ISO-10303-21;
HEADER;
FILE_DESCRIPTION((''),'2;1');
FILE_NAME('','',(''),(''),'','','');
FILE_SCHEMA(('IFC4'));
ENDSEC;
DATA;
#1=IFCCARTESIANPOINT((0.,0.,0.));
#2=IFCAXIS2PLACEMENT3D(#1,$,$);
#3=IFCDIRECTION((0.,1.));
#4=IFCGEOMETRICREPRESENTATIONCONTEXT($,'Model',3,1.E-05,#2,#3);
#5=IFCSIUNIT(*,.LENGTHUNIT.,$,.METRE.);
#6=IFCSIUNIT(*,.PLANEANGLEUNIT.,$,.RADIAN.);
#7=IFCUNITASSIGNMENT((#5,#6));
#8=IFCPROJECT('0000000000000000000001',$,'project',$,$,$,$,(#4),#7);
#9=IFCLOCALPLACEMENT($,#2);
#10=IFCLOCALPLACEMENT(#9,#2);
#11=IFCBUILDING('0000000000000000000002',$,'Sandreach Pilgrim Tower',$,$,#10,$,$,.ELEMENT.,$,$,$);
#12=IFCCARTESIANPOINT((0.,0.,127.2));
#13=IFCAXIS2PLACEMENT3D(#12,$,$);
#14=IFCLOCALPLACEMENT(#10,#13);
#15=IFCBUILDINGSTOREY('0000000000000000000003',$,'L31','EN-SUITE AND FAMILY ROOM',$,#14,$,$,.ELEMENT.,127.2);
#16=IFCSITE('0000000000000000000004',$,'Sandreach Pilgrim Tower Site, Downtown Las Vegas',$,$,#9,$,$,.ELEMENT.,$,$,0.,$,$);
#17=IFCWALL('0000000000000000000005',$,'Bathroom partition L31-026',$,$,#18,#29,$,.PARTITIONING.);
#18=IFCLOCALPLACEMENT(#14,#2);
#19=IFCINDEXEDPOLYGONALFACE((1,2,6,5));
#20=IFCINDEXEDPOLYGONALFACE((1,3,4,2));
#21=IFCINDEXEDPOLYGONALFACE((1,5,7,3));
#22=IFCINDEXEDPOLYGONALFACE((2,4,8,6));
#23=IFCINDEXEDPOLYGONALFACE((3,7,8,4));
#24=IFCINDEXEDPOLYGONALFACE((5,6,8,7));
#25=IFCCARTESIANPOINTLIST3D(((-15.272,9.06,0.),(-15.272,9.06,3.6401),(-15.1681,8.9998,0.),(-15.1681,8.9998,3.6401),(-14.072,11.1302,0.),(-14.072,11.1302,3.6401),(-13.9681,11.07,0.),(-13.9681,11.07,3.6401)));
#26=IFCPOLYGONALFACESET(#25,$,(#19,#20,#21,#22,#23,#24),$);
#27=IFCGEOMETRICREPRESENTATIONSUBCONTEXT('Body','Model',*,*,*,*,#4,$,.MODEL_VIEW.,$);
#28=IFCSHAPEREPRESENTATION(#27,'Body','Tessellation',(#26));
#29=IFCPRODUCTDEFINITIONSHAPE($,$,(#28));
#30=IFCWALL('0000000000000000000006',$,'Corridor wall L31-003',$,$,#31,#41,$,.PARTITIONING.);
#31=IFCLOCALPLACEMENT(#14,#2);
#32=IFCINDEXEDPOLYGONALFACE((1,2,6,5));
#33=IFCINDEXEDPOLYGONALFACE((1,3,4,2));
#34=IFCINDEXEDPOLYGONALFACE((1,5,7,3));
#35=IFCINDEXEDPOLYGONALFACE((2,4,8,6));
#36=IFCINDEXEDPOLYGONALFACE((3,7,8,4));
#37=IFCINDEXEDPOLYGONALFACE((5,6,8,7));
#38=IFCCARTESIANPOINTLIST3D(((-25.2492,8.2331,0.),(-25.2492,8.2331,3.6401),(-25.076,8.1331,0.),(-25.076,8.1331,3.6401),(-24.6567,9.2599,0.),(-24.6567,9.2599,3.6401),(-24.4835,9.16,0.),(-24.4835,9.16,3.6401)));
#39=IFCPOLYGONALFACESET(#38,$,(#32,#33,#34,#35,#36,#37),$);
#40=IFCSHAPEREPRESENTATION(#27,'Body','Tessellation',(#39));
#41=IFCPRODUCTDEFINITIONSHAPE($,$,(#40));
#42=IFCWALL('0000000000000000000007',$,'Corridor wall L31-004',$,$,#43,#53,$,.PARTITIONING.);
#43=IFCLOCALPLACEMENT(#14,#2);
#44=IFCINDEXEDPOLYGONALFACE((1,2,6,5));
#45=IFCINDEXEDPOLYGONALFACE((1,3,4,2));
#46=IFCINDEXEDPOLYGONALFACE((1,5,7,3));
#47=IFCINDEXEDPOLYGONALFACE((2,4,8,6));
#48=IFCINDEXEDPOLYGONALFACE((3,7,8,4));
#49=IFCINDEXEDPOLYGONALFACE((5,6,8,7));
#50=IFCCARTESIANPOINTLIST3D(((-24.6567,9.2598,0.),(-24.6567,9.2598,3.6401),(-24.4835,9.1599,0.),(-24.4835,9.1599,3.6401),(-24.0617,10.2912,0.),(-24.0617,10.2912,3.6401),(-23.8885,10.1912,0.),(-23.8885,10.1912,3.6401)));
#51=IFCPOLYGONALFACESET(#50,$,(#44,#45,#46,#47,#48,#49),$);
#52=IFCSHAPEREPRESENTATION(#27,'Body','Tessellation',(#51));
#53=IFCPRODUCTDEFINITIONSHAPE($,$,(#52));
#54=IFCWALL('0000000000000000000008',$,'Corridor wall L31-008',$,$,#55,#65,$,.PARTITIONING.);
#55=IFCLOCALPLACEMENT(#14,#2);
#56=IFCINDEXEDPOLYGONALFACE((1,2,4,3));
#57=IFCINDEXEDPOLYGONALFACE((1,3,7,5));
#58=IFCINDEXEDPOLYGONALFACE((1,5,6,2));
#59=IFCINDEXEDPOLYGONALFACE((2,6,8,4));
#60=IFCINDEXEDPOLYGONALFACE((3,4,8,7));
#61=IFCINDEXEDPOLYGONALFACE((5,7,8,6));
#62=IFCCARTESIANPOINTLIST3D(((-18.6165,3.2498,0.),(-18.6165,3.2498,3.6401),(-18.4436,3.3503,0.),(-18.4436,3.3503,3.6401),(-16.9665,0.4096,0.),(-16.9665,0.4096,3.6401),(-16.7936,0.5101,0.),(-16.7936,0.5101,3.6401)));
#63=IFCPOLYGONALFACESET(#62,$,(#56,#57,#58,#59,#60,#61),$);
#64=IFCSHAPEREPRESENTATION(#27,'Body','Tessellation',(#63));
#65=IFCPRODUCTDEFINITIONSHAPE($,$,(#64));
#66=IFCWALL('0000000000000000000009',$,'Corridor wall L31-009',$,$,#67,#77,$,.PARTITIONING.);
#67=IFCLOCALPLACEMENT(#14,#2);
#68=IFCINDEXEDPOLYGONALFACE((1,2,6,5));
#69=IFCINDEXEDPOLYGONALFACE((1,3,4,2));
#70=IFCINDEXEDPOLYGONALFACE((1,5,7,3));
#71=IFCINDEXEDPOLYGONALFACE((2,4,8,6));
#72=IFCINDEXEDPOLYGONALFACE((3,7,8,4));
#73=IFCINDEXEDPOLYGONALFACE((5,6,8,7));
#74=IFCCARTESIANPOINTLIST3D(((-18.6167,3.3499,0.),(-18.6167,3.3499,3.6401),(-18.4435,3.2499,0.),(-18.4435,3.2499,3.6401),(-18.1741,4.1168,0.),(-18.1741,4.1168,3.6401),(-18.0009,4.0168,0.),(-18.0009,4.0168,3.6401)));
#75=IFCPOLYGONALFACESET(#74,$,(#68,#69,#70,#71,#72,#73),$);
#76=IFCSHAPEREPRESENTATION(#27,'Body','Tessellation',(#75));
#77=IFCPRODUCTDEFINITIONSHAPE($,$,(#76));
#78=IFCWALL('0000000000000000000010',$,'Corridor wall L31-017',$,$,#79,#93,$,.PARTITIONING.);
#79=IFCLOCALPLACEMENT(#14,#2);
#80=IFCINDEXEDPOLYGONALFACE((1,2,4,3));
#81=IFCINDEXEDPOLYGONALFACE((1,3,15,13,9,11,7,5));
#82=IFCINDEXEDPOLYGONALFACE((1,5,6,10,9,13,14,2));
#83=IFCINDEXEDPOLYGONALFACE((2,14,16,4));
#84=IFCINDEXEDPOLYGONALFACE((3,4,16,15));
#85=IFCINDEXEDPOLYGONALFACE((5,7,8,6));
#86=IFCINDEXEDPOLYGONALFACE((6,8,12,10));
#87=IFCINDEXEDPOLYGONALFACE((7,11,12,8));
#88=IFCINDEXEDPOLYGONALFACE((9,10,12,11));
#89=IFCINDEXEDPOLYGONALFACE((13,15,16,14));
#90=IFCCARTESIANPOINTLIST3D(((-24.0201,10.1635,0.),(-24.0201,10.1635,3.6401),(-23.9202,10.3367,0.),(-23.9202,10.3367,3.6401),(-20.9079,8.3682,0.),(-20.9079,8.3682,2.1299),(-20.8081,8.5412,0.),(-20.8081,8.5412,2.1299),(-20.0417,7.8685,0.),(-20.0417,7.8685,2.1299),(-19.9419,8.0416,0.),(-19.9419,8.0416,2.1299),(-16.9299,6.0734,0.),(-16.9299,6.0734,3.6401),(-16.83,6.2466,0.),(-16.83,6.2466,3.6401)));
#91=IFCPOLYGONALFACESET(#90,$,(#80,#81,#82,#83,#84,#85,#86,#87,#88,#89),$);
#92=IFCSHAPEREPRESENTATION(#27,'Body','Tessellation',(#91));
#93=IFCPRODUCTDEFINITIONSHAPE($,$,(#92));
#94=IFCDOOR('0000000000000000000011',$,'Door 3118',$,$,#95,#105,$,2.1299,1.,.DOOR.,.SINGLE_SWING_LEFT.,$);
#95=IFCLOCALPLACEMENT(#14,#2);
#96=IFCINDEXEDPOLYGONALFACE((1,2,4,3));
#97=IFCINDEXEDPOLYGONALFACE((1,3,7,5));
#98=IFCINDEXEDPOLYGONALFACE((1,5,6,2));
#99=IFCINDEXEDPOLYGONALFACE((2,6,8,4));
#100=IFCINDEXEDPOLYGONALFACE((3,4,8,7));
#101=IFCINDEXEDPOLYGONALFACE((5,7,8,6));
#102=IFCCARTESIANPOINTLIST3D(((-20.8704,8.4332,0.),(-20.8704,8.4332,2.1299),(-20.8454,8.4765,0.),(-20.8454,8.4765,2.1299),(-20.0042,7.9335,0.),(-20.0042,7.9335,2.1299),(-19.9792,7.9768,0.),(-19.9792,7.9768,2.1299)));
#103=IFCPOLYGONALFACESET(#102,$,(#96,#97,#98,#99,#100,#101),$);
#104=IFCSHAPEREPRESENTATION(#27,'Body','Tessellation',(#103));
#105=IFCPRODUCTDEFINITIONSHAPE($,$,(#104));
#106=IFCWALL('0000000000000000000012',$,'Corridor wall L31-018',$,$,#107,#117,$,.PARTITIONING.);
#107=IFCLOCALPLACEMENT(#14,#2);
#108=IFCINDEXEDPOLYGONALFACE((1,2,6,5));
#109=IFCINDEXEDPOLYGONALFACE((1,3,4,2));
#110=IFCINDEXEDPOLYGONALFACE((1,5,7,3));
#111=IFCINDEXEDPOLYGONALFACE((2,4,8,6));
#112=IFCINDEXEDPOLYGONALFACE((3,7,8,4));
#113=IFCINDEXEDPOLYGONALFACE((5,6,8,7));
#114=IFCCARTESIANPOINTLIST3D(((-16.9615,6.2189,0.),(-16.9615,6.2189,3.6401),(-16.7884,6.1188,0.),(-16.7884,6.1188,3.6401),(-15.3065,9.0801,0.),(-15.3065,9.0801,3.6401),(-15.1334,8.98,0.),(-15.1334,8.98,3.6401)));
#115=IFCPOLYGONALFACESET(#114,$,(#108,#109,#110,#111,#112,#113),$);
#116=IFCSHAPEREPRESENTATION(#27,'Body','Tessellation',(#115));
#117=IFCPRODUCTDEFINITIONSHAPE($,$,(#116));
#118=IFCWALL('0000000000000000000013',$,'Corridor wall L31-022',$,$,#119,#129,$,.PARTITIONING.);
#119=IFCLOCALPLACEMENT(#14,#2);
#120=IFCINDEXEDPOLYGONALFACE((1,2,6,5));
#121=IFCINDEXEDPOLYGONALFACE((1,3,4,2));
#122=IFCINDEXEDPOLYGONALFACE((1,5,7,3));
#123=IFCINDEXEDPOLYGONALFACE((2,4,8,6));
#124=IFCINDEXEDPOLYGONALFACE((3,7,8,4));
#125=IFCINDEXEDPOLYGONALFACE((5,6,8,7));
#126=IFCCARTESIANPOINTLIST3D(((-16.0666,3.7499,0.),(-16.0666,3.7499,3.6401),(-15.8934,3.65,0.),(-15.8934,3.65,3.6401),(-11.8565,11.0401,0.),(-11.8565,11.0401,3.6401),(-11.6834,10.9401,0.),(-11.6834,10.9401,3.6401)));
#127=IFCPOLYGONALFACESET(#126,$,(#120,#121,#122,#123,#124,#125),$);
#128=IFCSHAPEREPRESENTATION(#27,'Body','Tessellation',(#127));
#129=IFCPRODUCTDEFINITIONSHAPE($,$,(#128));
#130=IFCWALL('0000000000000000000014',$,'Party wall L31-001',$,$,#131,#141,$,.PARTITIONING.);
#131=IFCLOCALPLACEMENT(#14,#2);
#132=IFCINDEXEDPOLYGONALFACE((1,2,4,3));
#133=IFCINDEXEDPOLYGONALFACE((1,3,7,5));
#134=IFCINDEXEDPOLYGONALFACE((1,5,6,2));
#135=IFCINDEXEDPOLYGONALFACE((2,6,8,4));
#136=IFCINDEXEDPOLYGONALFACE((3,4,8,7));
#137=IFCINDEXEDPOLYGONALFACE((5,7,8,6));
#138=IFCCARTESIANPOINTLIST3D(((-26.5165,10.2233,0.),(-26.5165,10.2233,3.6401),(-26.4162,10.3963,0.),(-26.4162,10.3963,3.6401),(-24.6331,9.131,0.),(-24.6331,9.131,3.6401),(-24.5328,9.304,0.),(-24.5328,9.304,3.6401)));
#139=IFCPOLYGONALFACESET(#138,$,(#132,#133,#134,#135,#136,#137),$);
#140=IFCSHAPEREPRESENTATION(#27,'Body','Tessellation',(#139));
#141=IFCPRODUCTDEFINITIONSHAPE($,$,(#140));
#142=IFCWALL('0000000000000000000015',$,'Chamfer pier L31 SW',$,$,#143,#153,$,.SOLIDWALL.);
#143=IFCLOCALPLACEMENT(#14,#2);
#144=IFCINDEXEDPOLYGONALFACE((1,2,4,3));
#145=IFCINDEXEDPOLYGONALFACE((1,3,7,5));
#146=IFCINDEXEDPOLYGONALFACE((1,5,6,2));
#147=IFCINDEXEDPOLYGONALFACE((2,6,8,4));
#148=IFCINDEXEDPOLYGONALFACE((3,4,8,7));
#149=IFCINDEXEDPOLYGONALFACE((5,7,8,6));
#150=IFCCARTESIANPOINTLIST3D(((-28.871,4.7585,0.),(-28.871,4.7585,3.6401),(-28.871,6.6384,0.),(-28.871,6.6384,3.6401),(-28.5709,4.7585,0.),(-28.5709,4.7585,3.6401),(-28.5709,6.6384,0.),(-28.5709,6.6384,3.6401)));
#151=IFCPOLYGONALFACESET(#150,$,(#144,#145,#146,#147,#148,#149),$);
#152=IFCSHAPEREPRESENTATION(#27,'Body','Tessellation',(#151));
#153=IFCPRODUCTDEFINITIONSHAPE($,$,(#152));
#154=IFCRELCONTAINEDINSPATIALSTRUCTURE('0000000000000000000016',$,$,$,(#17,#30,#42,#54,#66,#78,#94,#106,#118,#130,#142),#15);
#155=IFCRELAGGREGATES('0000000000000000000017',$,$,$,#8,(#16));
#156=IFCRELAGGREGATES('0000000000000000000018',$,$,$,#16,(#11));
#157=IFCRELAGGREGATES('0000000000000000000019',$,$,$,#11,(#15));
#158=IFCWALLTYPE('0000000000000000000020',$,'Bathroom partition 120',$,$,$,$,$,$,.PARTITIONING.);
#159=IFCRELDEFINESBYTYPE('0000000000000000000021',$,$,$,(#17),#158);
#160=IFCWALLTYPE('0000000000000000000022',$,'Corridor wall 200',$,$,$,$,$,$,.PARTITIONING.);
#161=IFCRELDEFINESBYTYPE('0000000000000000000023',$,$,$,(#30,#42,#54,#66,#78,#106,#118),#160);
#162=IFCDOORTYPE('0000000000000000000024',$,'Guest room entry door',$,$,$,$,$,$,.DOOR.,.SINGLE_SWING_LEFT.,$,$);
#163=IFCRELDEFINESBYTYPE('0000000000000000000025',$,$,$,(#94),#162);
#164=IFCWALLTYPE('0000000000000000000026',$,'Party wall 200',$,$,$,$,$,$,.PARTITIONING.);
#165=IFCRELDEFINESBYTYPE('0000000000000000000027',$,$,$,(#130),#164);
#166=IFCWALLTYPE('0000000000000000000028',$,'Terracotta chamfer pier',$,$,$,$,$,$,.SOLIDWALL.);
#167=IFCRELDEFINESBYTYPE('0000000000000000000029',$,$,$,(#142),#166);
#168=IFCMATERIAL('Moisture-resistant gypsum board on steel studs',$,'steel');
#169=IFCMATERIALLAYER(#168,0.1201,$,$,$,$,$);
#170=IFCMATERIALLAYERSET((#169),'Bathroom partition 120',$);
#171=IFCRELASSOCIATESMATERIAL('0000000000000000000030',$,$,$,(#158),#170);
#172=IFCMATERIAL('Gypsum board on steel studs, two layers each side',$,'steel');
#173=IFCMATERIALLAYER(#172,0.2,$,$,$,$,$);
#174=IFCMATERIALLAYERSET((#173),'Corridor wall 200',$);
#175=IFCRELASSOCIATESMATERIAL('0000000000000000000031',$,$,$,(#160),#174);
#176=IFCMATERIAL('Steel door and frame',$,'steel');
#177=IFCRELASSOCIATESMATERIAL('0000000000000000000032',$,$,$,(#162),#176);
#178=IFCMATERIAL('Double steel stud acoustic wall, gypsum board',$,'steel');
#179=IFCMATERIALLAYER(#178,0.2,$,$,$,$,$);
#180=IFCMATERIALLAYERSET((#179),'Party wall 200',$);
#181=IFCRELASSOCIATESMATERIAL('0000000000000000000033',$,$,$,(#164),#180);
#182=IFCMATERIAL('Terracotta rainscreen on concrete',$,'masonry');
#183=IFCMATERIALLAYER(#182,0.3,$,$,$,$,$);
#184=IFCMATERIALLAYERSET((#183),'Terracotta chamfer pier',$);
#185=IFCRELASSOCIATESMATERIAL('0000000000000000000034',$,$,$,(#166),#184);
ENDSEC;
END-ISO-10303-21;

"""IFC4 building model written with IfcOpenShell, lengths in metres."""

from ifc_helpers import new_model, si_unit, direction, frame, frame_2d, origin, place, context, subcontext, project, spatial, rectangle, extrude, material, layer, layer_set, type_object, element, fill, save


model = new_model("IFC4")

# Units and contexts
model_context = context("Model", 3, precision=1e-05, world=origin(), true_north=direction((0.0, 1.0)))
body_context = subcontext(model_context, "Body", "Model", "MODEL_VIEW")
ifc_project = project(units=[si_unit("LENGTHUNIT", "METRE"), si_unit("PLANEANGLEUNIT", "RADIAN")], contexts=[model_context])

# Site, building, storey
site_placement = place(None, origin())
site = spatial("IfcSite", under=ifc_project, at=site_placement, Name="Sandreach Pilgrim Tower Site, Downtown Las Vegas", CompositionType="ELEMENT", RefElevation=0.0)
building_placement = place(site_placement, origin())
building = spatial("IfcBuilding", under=site, at=building_placement, Name="Sandreach Pilgrim Tower", CompositionType="ELEMENT")
storey_placement = place(building_placement, frame((0.0, 0.0, 127.2)))
storey = spatial("IfcBuildingStorey", under=building, at=storey_placement, Name="L31", Description="EN-SUITE AND FAMILY ROOM", CompositionType="ELEMENT", Elevation=127.2)

# Shared definitions
ifc_material_1 = material(Name="Moisture-resistant gypsum board on steel studs", Category="steel")
ifc_layer_1 = layer(ifc_material_1, 0.1201)
ifc_layer_set_1 = layer_set([ifc_layer_1], Name="Bathroom partition 120")
wall_type_1 = type_object("IfcWallType", Name="Bathroom partition 120", PredefinedType="PARTITIONING", material=ifc_layer_set_1)

# Wall
wall_1_placement = place(storey_placement, frame((-15.22, 9.03, 0.0), z_axis=(0.0, 0.0, 1.0), x_axis=(0.501503, 0.865156, 0.0)))
element("IfcWall", 1, at=wall_1_placement, inside=storey, type_object=wall_type_1, Name="Bathroom partition L31-026", PredefinedType="PARTITIONING", context=body_context, shape_type="SweptSolid", body=[
    extrude(rectangle(XDim=2.3928, YDim=0.1201, at=frame_2d((1.1963, 0.0))), origin(), (0.0, 0.0, 1.0), 3.6401),
])

# Shared definitions
ifc_material_2 = material(Name="Gypsum board on steel studs, two layers each side", Category="steel")
ifc_layer_2 = layer(ifc_material_2, 0.2)
ifc_layer_set_2 = layer_set([ifc_layer_2], Name="Corridor wall 200")
wall_type_2 = type_object("IfcWallType", Name="Corridor wall 200", PredefinedType="PARTITIONING", material=ifc_layer_set_2)
ifc_material_3 = material(Name="Steel door and frame", Category="steel")
door_type_1 = type_object("IfcDoorType", Name="Guest room entry door", OperationType="SINGLE_SWING_LEFT", PredefinedType="DOOR", material=ifc_material_3)

# Walls
wall_2_placement = place(storey_placement, frame((-25.1626, 8.1831, 0.0), z_axis=(0.0, 0.0, 1.0), x_axis=(0.499794, 0.866144, 0.0)))
element("IfcWall", 2, at=wall_2_placement, inside=storey, type_object=wall_type_2, Name="Corridor wall L31-003", PredefinedType="PARTITIONING", context=body_context, shape_type="SweptSolid", body=[
    extrude(rectangle(XDim=1.1855, YDim=0.2, at=frame_2d((0.5928, 0.0))), origin(), (0.0, 0.0, 1.0), 3.6401),
])
wall_3_placement = place(storey_placement, frame((-24.5701, 9.21, 0.0), z_axis=(0.0, 0.0, 1.0), x_axis=(0.499734, 0.866179, 0.0)))
element("IfcWall", 3, at=wall_3_placement, inside=storey, type_object=wall_type_2, Name="Corridor wall L31-004", PredefinedType="PARTITIONING", context=body_context, shape_type="SweptSolid", body=[
    extrude(rectangle(XDim=1.1907, YDim=0.2, at=frame_2d((0.5952, 0.0))), origin(), (0.0, 0.0, 1.0), 3.6401),
])
wall_4_placement = place(storey_placement, frame((-18.53, 3.3, 0.0), z_axis=(0.0, 0.0, 1.0), x_axis=(0.502322, -0.864681, 0.0)))
element("IfcWall", 4, at=wall_4_placement, inside=storey, type_object=wall_type_2, Name="Corridor wall L31-008", PredefinedType="PARTITIONING", context=body_context, shape_type="SweptSolid", body=[
    extrude(rectangle(XDim=3.2847, YDim=0.2, at=frame_2d((1.6423, 0.0))), origin(), (0.0, 0.0, 1.0), 3.6401),
])
wall_5_placement = place(storey_placement, frame((-18.0874, 4.0669, 0.0), z_axis=(0.0, 0.0, 1.0), x_axis=(-0.499905, -0.86608, 0.0)))
element("IfcWall", 5, at=wall_5_placement, inside=storey, type_object=wall_type_2, Name="Corridor wall L31-009", PredefinedType="PARTITIONING", context=body_context, shape_type="SweptSolid", body=[
    extrude(rectangle(XDim=0.8855, YDim=0.2, at=frame_2d((0.4429, 0.0))), origin(), (0.0, 0.0, 1.0), 3.6401),
])

# Wall, opening, door
wall_6_placement = place(storey_placement, frame((-16.8799, 6.1599, 0.0), z_axis=(0.0, 0.0, 1.0), x_axis=(-0.866204, 0.499691, 0.0)))
wall_6 = element("IfcWall", 6, at=wall_6_placement, inside=storey, type_object=wall_type_2, Name="Corridor wall L31-017", PredefinedType="PARTITIONING", context=body_context, shape_type="SweptSolid", body=[
    extrude(rectangle(XDim=8.1853, YDim=0.2, at=frame_2d((4.0928, 0.0))), origin(), (0.0, 0.0, 1.0), 3.6401),
])
opening_1_placement = place(wall_6_placement, frame((3.5925, 0.0, 0.0)))
opening_1 = element("IfcOpeningElement", 7, at=opening_1_placement, cuts=wall_6, PredefinedType="OPENING", context=body_context, shape_type="SweptSolid", body=[
    extrude(rectangle(XDim=1.0, YDim=2.1299, at=frame_2d((0.5, 1.0649))), frame((0.0, 0.1001, 0.0), z_axis=(0.0, -1.0, 0.0), x_axis=(1.0, 0.0, 0.0)), (0.0, 0.0, 1.0), 0.2),
])
door_1_placement = place(opening_1_placement, origin())
door_1 = element("IfcDoor", 8, at=door_1_placement, inside=storey, type_object=door_type_1, Name="Door 3118", OperationType="SINGLE_SWING_LEFT", OverallHeight=2.1299, OverallWidth=1.0, PredefinedType="DOOR", context=body_context, shape_type="SweptSolid", body=[
    extrude(rectangle(XDim=1.0, YDim=2.1299, at=frame_2d((0.5, 1.0649))), frame((0.0, 0.0249, 0.0), z_axis=(0.0, -1.0, 0.0), x_axis=(1.0, 0.0, 0.0)), (0.0, 0.0, 1.0), 0.05),
])
fill(opening_1, door_1)

# Walls
wall_7_placement = place(storey_placement, frame((-16.875, 6.1687, 0.0), z_axis=(0.0, 0.0, 1.0), x_axis=(0.50069, 0.865627, 0.0)))
element("IfcWall", 9, at=wall_7_placement, inside=storey, type_object=wall_type_2, Name="Corridor wall L31-018", PredefinedType="PARTITIONING", context=body_context, shape_type="SweptSolid", body=[
    extrude(rectangle(XDim=3.3054, YDim=0.2, at=frame_2d((1.6528, 0.0))), origin(), (0.0, 0.0, 1.0), 3.6401),
])
wall_8_placement = place(storey_placement, frame((-15.98, 3.7, 0.0), z_axis=(0.0, 0.0, 1.0), x_axis=(0.500094, 0.865971, 0.0)))
element("IfcWall", 10, at=wall_8_placement, inside=storey, type_object=wall_type_2, Name="Corridor wall L31-022", PredefinedType="PARTITIONING", context=body_context, shape_type="SweptSolid", body=[
    extrude(rectangle(XDim=8.4185, YDim=0.2, at=frame_2d((4.2092, 0.0))), origin(), (0.0, 0.0, 1.0), 3.6401),
])
ifc_material_4 = material(Name="Double steel stud acoustic wall, gypsum board", Category="steel")
ifc_layer_3 = layer(ifc_material_4, 0.2)
ifc_layer_set_3 = layer_set([ifc_layer_3], Name="Party wall 200")
wall_type_3 = type_object("IfcWallType", Name="Party wall 200", PredefinedType="PARTITIONING", material=ifc_layer_set_3)
wall_9_placement = place(storey_placement, frame((-26.4663, 10.3098, 0.0), z_axis=(0.0, 0.0, 1.0), x_axis=(0.865037, -0.501708, 0.0)))
element("IfcWall", 11, at=wall_9_placement, inside=storey, type_object=wall_type_3, Name="Party wall L31-001", PredefinedType="PARTITIONING", context=body_context, shape_type="SweptSolid", body=[
    extrude(rectangle(XDim=2.1772, YDim=0.2, at=frame_2d((1.0886, 0.0))), origin(), (0.0, 0.0, 1.0), 3.6401),
])
ifc_material_5 = material(Name="Terracotta rainscreen on concrete", Category="masonry")
ifc_layer_4 = layer(ifc_material_5, 0.3)
ifc_layer_set_4 = layer_set([ifc_layer_4], Name="Terracotta chamfer pier")
wall_type_4 = type_object("IfcWallType", Name="Terracotta chamfer pier", PredefinedType="SOLIDWALL", material=ifc_layer_set_4)
wall_10_placement = place(storey_placement, frame((-28.7209, 4.7585, 0.0), z_axis=(0.0, 0.0, 1.0), x_axis=(0.0, 1.0, 0.0)))
element("IfcWall", 12, at=wall_10_placement, inside=storey, type_object=wall_type_4, Name="Chamfer pier L31 SW", PredefinedType="SOLIDWALL", context=body_context, shape_type="SweptSolid", body=[
    extrude(rectangle(XDim=1.8799, YDim=0.3, at=frame_2d((0.9399, 0.0))), origin(), (0.0, 0.0, 1.0), 3.6401),
])

save(model, "model.ifc")
